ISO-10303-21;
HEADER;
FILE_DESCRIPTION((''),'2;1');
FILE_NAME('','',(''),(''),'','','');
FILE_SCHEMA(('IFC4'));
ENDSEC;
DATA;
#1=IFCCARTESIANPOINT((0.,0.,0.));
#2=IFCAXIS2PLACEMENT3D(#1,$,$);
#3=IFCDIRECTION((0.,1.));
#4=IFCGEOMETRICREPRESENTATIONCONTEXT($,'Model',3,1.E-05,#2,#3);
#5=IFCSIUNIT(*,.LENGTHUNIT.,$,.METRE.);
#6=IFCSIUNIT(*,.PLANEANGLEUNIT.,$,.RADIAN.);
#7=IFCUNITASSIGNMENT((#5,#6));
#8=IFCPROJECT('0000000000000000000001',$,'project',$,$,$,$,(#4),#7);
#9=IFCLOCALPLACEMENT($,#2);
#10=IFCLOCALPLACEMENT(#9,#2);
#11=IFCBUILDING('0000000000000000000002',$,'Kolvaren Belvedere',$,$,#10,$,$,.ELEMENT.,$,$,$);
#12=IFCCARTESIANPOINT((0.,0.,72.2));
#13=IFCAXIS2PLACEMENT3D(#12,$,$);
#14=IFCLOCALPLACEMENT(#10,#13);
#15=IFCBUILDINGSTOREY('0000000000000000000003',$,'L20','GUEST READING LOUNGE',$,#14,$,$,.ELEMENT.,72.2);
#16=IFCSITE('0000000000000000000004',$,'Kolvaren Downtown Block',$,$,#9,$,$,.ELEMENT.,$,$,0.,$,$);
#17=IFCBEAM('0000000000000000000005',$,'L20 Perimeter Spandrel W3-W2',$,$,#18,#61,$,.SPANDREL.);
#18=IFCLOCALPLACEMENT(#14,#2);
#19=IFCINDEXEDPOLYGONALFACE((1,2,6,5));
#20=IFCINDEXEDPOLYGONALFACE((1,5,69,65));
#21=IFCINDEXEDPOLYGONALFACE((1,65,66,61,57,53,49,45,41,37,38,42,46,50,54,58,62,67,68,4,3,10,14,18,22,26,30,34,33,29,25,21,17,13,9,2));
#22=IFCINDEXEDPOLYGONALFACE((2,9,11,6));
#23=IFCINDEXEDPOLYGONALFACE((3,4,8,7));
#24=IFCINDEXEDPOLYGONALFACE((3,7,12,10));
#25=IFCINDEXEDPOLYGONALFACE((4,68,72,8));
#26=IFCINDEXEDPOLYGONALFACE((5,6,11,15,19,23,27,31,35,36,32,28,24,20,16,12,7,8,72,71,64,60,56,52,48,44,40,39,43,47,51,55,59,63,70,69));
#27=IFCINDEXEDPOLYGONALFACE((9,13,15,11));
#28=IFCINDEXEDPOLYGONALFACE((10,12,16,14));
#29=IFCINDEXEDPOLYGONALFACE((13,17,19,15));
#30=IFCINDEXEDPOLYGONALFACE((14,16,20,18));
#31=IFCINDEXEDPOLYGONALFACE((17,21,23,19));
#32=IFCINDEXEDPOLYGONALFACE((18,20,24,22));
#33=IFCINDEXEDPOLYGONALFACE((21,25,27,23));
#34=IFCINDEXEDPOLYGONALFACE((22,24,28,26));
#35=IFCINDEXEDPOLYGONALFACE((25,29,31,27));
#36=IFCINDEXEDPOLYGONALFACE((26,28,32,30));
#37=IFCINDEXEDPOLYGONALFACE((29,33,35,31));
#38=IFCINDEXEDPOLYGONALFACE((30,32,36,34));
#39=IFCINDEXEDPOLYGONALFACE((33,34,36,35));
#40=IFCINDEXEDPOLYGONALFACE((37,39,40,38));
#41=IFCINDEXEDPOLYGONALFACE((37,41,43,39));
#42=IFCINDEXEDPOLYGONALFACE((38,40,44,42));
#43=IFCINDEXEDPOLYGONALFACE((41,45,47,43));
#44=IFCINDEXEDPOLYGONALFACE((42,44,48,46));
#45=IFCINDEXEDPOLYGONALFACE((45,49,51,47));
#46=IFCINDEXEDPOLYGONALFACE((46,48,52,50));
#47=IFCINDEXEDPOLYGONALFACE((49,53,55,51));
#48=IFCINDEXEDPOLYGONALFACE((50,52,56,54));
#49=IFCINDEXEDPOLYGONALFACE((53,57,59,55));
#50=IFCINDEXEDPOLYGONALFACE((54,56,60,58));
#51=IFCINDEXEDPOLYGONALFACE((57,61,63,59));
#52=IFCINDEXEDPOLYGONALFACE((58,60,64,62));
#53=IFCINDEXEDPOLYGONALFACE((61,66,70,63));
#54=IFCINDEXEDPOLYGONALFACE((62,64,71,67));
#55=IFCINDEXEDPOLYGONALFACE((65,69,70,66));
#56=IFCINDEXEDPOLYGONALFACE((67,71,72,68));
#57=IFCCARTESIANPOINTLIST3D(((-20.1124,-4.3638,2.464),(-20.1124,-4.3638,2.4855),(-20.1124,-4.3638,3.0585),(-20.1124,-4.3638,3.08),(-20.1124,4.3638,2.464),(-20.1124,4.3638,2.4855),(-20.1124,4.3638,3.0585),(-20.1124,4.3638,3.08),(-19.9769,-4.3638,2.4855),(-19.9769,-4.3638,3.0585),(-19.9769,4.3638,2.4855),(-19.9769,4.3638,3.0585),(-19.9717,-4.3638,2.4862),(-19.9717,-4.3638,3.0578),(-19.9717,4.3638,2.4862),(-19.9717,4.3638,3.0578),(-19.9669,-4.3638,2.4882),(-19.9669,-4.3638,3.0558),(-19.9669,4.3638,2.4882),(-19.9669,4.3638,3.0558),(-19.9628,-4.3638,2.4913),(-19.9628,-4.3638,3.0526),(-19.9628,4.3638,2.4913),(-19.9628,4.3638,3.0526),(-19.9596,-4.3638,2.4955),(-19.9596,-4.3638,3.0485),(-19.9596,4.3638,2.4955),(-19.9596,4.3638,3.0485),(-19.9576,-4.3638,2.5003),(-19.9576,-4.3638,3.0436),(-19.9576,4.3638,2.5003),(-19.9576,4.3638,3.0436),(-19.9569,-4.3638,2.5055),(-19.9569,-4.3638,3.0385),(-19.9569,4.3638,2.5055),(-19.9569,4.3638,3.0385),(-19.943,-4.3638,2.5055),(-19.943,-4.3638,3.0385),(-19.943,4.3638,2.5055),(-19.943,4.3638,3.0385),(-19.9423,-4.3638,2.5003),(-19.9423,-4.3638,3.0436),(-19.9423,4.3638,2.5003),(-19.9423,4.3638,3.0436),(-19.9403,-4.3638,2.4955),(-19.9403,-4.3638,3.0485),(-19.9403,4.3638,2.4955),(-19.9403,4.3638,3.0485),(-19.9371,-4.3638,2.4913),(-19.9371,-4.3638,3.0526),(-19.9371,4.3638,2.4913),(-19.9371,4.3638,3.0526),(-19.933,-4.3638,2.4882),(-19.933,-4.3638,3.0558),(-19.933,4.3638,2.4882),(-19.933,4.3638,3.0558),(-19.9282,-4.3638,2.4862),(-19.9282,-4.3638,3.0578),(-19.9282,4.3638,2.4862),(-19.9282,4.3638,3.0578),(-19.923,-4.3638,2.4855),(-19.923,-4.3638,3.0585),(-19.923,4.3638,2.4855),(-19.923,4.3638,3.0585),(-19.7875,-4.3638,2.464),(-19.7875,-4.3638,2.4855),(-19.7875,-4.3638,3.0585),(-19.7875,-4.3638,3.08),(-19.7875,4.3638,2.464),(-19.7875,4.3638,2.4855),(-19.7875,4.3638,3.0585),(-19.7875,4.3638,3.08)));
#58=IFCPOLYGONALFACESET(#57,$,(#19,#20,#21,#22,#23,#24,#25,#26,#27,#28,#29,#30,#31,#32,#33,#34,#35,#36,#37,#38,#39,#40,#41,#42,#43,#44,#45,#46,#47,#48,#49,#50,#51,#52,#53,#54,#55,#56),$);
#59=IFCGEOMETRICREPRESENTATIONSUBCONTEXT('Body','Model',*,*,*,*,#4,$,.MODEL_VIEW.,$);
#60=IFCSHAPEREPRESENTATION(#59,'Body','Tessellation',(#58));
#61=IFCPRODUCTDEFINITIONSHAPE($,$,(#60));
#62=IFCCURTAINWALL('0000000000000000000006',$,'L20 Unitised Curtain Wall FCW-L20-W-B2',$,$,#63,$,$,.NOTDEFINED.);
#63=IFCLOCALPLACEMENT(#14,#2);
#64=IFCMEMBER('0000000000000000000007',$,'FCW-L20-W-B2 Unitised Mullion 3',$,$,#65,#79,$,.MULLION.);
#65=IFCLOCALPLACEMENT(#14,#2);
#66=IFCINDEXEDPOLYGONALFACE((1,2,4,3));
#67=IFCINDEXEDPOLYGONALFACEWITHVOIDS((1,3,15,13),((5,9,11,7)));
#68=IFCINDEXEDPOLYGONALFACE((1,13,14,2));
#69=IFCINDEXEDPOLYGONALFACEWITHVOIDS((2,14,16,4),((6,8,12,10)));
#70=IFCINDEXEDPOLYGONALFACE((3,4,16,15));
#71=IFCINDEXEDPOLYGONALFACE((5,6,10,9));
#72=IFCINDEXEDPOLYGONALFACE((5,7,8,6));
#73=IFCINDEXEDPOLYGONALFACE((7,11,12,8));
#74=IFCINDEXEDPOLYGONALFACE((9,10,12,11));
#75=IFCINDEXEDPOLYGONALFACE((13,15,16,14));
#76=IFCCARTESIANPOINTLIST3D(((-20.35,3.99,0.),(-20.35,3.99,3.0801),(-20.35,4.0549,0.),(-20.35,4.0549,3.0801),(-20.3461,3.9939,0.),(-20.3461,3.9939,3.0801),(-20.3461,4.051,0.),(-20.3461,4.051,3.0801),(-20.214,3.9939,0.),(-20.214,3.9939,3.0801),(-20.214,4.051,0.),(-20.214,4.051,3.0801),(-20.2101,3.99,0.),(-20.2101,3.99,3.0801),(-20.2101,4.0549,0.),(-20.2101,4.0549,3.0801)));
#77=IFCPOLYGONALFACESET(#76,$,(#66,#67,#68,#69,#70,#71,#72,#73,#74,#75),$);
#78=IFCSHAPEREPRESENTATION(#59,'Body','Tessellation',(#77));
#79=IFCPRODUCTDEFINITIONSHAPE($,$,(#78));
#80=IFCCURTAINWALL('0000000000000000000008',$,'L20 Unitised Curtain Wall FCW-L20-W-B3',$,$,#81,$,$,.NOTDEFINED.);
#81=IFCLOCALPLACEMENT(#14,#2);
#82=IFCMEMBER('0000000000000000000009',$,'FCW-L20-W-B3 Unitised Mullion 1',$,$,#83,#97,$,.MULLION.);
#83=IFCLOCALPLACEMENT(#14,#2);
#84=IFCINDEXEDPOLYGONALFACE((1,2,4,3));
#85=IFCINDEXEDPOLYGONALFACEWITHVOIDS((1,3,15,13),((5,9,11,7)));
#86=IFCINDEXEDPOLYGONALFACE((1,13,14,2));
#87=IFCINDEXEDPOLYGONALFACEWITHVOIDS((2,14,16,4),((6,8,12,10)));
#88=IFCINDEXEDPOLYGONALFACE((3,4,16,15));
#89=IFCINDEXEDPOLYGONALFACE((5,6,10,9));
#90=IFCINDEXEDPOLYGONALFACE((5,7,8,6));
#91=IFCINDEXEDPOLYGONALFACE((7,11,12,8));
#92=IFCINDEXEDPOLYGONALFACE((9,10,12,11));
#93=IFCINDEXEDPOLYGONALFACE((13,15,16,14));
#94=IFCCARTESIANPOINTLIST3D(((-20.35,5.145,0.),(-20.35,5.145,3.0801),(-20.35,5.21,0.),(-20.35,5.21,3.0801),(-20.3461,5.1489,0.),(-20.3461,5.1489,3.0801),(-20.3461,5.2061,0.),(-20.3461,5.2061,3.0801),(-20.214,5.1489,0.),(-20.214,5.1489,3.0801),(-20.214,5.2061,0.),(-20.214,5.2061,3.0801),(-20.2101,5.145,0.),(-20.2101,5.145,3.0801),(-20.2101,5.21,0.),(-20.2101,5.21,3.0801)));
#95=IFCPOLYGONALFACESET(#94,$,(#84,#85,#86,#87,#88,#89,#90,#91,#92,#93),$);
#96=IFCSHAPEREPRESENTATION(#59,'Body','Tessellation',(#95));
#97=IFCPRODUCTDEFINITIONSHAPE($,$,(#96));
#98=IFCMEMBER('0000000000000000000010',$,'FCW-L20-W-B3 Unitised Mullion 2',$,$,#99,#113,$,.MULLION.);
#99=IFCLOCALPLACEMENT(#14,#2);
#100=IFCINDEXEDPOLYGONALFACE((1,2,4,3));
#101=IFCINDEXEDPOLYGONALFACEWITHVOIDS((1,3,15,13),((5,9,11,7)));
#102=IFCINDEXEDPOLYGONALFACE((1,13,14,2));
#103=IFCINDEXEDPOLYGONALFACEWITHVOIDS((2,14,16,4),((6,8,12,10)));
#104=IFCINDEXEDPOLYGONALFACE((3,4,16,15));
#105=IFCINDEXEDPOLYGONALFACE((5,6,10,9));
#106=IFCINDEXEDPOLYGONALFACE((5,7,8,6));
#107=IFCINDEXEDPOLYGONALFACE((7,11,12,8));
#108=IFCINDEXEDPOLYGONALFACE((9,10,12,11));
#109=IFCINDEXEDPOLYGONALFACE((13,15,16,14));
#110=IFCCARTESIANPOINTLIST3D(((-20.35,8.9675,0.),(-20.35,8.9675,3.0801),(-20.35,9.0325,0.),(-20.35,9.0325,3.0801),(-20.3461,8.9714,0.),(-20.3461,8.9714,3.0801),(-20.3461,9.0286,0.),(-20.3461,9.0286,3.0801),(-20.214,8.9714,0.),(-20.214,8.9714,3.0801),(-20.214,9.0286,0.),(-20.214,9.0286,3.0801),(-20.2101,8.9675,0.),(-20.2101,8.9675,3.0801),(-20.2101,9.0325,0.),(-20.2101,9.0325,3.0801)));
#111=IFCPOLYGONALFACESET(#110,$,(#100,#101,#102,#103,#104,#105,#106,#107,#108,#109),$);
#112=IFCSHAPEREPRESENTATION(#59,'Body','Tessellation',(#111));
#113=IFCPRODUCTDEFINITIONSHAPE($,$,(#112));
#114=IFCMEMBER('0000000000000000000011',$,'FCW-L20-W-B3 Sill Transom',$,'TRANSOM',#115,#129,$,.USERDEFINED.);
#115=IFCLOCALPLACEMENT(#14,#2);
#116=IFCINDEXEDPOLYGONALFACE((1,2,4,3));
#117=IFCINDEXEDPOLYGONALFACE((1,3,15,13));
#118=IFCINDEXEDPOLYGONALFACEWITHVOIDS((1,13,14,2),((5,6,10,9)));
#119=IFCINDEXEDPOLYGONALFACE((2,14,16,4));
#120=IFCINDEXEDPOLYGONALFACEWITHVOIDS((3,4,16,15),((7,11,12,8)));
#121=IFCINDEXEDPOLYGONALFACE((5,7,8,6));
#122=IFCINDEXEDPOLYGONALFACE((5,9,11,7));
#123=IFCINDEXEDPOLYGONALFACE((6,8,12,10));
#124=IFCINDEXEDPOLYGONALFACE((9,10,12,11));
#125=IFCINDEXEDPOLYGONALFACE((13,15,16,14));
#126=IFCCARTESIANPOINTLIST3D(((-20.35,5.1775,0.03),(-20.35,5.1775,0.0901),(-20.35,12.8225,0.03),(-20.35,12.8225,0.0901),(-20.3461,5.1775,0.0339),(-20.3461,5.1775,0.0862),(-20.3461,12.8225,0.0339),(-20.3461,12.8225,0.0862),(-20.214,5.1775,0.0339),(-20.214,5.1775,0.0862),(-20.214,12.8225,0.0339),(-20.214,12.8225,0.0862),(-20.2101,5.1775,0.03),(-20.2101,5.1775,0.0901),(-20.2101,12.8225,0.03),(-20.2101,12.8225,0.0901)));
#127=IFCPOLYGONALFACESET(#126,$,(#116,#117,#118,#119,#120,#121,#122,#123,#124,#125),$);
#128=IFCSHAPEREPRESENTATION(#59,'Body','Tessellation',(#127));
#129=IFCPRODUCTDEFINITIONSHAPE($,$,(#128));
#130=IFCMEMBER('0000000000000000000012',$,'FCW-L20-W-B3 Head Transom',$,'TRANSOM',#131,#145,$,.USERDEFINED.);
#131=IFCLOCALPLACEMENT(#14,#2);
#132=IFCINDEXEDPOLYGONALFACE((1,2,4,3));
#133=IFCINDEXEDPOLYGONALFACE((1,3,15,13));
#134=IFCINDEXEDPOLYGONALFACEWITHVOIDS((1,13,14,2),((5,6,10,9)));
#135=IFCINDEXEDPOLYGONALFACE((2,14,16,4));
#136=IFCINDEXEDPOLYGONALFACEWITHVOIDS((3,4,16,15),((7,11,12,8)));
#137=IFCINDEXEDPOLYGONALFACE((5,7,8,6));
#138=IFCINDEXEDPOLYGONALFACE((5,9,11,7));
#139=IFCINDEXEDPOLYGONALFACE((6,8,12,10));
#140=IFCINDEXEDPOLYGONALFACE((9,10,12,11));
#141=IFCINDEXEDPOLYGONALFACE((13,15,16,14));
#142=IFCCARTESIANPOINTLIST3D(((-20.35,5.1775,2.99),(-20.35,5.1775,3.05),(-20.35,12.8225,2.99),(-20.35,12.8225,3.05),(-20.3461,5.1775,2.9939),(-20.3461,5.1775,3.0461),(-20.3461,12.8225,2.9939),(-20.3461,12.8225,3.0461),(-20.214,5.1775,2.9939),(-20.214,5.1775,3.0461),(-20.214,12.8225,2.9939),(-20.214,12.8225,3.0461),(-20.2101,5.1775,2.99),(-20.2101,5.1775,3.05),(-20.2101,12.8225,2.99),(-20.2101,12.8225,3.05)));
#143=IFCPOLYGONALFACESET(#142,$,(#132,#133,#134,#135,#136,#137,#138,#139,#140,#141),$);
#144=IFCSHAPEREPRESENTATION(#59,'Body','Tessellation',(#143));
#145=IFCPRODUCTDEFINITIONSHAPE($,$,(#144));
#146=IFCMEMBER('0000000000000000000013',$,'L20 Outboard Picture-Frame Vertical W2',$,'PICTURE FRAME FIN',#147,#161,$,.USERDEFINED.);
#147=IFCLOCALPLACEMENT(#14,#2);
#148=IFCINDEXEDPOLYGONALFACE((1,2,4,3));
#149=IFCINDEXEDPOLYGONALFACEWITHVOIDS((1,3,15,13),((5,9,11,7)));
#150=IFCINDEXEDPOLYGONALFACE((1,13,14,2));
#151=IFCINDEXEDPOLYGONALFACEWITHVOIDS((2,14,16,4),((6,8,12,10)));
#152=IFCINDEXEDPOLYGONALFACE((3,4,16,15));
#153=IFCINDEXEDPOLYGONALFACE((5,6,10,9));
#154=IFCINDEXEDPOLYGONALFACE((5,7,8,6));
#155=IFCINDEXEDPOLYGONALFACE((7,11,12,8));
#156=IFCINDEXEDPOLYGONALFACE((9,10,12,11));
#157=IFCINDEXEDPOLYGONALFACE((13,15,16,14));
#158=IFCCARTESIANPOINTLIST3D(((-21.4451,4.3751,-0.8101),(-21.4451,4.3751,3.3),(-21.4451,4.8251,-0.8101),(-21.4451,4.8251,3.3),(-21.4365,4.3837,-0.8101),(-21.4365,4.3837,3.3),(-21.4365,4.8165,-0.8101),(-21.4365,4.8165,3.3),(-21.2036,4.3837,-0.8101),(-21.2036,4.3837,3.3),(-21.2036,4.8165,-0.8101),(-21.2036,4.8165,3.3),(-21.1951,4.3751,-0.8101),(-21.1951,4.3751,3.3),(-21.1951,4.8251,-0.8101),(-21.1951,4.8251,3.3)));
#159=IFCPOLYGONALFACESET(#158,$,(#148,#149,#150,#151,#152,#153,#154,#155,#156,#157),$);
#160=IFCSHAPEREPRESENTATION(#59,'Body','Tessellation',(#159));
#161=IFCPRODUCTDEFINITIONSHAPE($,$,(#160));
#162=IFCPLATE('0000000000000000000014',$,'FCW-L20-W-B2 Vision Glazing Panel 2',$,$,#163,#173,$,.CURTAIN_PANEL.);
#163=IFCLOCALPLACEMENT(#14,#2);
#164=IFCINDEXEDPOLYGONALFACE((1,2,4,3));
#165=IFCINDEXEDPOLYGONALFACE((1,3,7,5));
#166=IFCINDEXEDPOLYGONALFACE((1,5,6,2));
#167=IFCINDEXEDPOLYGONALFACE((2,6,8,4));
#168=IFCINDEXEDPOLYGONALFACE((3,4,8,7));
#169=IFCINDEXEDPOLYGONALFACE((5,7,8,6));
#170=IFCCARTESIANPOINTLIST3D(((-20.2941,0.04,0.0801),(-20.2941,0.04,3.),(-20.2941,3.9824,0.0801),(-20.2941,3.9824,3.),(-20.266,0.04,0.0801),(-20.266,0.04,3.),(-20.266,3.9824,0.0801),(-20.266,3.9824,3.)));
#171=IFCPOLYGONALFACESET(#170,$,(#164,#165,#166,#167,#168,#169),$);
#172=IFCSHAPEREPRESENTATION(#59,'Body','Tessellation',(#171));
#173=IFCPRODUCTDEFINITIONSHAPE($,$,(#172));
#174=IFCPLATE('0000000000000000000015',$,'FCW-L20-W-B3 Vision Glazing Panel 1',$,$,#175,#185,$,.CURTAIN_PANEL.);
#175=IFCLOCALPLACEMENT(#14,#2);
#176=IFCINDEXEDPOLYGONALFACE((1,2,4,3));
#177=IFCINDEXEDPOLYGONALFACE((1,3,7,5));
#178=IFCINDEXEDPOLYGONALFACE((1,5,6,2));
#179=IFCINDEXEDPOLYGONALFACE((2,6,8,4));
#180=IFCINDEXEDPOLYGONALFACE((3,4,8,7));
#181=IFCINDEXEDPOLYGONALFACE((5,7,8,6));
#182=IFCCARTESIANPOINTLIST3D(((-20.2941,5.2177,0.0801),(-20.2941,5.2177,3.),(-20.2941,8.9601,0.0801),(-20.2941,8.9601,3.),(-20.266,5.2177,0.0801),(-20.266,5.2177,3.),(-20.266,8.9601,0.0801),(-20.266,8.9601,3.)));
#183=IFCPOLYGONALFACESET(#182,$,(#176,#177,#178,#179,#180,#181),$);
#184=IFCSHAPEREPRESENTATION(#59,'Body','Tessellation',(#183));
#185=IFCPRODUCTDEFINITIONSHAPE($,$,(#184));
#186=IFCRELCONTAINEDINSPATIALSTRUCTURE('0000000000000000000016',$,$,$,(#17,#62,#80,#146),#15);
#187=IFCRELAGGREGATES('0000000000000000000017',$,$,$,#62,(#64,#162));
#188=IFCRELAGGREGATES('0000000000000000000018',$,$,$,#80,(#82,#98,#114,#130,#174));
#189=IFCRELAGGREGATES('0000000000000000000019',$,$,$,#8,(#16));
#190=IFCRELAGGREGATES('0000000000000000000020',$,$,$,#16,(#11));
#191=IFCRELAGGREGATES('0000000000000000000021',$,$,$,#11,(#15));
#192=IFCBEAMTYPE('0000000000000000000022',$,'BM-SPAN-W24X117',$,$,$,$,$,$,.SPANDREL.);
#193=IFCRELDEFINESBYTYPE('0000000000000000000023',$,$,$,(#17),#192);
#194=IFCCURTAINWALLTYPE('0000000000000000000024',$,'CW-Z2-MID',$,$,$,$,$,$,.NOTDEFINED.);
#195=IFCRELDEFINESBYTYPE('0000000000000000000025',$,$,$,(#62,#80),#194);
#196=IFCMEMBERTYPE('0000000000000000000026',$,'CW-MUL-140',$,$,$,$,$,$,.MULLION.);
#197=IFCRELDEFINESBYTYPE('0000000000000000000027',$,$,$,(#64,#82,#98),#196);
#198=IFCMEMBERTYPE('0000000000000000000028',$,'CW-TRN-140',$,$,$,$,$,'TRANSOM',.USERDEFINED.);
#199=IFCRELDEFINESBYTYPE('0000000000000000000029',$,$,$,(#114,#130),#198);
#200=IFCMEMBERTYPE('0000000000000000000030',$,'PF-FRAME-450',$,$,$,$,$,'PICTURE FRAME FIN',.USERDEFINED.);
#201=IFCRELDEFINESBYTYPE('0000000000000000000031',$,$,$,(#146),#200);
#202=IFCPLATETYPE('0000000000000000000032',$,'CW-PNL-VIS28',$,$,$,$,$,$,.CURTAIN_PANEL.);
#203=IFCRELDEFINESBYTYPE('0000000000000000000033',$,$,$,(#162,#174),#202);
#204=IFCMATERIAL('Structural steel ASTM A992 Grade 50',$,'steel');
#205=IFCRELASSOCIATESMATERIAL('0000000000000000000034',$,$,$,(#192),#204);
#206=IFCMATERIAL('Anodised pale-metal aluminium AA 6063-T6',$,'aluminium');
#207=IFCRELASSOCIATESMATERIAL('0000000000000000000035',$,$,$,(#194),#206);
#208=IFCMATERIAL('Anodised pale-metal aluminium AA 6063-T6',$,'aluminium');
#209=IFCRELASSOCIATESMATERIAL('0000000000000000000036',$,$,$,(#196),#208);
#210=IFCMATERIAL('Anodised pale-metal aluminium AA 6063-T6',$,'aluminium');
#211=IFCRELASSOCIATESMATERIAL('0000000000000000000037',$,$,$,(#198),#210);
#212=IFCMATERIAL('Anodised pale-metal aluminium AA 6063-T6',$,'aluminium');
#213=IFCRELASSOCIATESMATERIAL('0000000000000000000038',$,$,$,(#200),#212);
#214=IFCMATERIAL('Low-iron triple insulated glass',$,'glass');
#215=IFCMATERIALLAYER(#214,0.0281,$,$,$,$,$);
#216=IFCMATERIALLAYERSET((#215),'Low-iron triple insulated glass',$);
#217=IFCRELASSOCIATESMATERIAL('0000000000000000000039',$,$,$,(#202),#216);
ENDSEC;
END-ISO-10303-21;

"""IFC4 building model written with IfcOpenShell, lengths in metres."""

from ifc_helpers import new_model, si_unit, direction, frame, origin, origin_2d, place, context, subcontext, project, spatial, rectangle, hollow_rectangle, i_section, extrude, material, layer, layer_set, material_profile, profile_set, type_object, element, aggregate, save


model = new_model("IFC4")

# Units and contexts
model_context = context("Model", 3, precision=1e-05, world=origin(), true_north=direction((0.0, 1.0)))
body_context = subcontext(model_context, "Body", "Model", "MODEL_VIEW")
ifc_project = project(units=[si_unit("LENGTHUNIT", "METRE"), si_unit("PLANEANGLEUNIT", "RADIAN")], contexts=[model_context])

# Site, building, storey
site_placement = place(None, origin())
site = spatial("IfcSite", under=ifc_project, at=site_placement, Name="Kolvaren Downtown Block", CompositionType="ELEMENT", RefElevation=0.0)
building_placement = place(site_placement, origin())
building = spatial("IfcBuilding", under=site, at=building_placement, Name="Kolvaren Belvedere", CompositionType="ELEMENT")
storey_placement = place(building_placement, frame((0.0, 0.0, 72.2)))
storey = spatial("IfcBuildingStorey", under=building, at=storey_placement, Name="L20", Description="GUEST READING LOUNGE", CompositionType="ELEMENT", Elevation=72.2)

# Beam
ifc_material_1 = material(Name="Structural steel ASTM A992 Grade 50", Category="steel")
ifc_material_profile_1 = material_profile(ifc_material_1, i_section(OverallWidth=0.325, OverallDepth=0.616, WebThickness=0.0139, FlangeThickness=0.0215, FilletRadius=0.02, at=origin_2d()), Name="W24X117")
ifc_profile_set_1 = profile_set([ifc_material_profile_1], Name="Structural steel ASTM A992 Grade 50")
beam_type_1 = type_object("IfcBeamType", Name="BM-SPAN-W24X117", PredefinedType="SPANDREL", material=ifc_profile_set_1)
beam_1_placement = place(storey_placement, frame((-19.95, 4.3638, 2.772), z_axis=(0.0, -1.0, 0.0), x_axis=(1.0, 0.0, 0.0)))
element("IfcBeam", 1, at=beam_1_placement, inside=storey, type_object=beam_type_1, Name="L20 Perimeter Spandrel W3-W2", PredefinedType="SPANDREL", context=body_context, shape_type="SweptSolid", body=[
    extrude(i_section(OverallWidth=0.325, OverallDepth=0.616, WebThickness=0.0139, FlangeThickness=0.0215, FilletRadius=0.02, at=origin_2d()), origin(), (0.0, 0.0, 1.0), 8.7275),
])

# Curtain wall, member
ifc_material_2 = material(Name="Anodised pale-metal aluminium AA 6063-T6", Category="aluminium")
curtain_wall_type = type_object("IfcCurtainWallType", Name="CW-Z2-MID", PredefinedType="NOTDEFINED", material=ifc_material_2)
curtain_wall_1_placement = place(storey_placement, origin())
curtain_wall_1 = element("IfcCurtainWall", 2, at=curtain_wall_1_placement, inside=storey, type_object=curtain_wall_type, Name="L20 Unitised Curtain Wall FCW-L20-W-B2", PredefinedType="NOTDEFINED")
ifc_material_3 = material(Name="Anodised pale-metal aluminium AA 6063-T6", Category="aluminium")
ifc_material_profile_2 = material_profile(ifc_material_3, hollow_rectangle(XDim=0.0649, YDim=0.1399, WallThickness=0.0039, at=origin_2d()), Name="ALU-MUL-140X65")
ifc_profile_set_2 = profile_set([ifc_material_profile_2], Name="Anodised pale-metal aluminium AA 6063-T6")
member_type_1 = type_object("IfcMemberType", Name="CW-MUL-140", PredefinedType="MULLION", material=ifc_profile_set_2)
member_1_placement = place(storey_placement, frame((-20.28, 4.0225, 0.0), z_axis=(0.0, 0.0, 1.0), x_axis=(0.0, 1.0, 0.0)))
member_1 = element("IfcMember", 3, at=member_1_placement, type_object=member_type_1, Name="FCW-L20-W-B2 Unitised Mullion 3", PredefinedType="MULLION", context=body_context, shape_type="SweptSolid", body=[
    extrude(hollow_rectangle(XDim=0.0649, YDim=0.1399, WallThickness=0.0039, at=origin_2d()), origin(), (0.0, 0.0, 1.0), 3.0801),
])

# Curtain wall, members
curtain_wall_2_placement = place(storey_placement, origin())
curtain_wall_2 = element("IfcCurtainWall", 4, at=curtain_wall_2_placement, inside=storey, type_object=curtain_wall_type, Name="L20 Unitised Curtain Wall FCW-L20-W-B3", PredefinedType="NOTDEFINED")
member_2_placement = place(storey_placement, frame((-20.28, 5.1775, 0.0), z_axis=(0.0, 0.0, 1.0), x_axis=(0.0, 1.0, 0.0)))
member_2 = element("IfcMember", 5, at=member_2_placement, type_object=member_type_1, Name="FCW-L20-W-B3 Unitised Mullion 1", PredefinedType="MULLION", context=body_context, shape_type="SweptSolid", body=[
    extrude(hollow_rectangle(XDim=0.0649, YDim=0.1399, WallThickness=0.0039, at=origin_2d()), origin(), (0.0, 0.0, 1.0), 3.0801),
])
member_3_placement = place(storey_placement, frame((-20.28, 9.0, 0.0), z_axis=(0.0, 0.0, 1.0), x_axis=(0.0, 1.0, 0.0)))
member_3 = element("IfcMember", 6, at=member_3_placement, type_object=member_type_1, Name="FCW-L20-W-B3 Unitised Mullion 2", PredefinedType="MULLION", context=body_context, shape_type="SweptSolid", body=[
    extrude(hollow_rectangle(XDim=0.0649, YDim=0.1399, WallThickness=0.0039, at=origin_2d()), origin(), (0.0, 0.0, 1.0), 3.0801),
])
ifc_material_4 = material(Name="Anodised pale-metal aluminium AA 6063-T6", Category="aluminium")
ifc_material_profile_3 = material_profile(ifc_material_4, hollow_rectangle(XDim=0.0601, YDim=0.1399, WallThickness=0.0039, at=origin_2d()), Name="ALU-TRN-140X60")
ifc_profile_set_3 = profile_set([ifc_material_profile_3], Name="Anodised pale-metal aluminium AA 6063-T6")
member_type_2 = type_object("IfcMemberType", Name="CW-TRN-140", ElementType="TRANSOM", PredefinedType="USERDEFINED", material=ifc_profile_set_3)
member_4_placement = place(storey_placement, frame((-20.28, 5.1775, 0.0601), z_axis=(0.0, 1.0, 0.0), x_axis=(0.0, 0.0, 1.0)))
member_4 = element("IfcMember", 7, at=member_4_placement, type_object=member_type_2, Name="FCW-L20-W-B3 Sill Transom", ObjectType="TRANSOM", PredefinedType="USERDEFINED", context=body_context, shape_type="SweptSolid", body=[
    extrude(hollow_rectangle(XDim=0.0601, YDim=0.1399, WallThickness=0.0039, at=origin_2d()), origin(), (0.0, 0.0, 1.0), 7.645),
])
member_5_placement = place(storey_placement, frame((-20.28, 5.1775, 3.02), z_axis=(0.0, 1.0, 0.0), x_axis=(0.0, 0.0, 1.0)))
member_5 = element("IfcMember", 8, at=member_5_placement, type_object=member_type_2, Name="FCW-L20-W-B3 Head Transom", ObjectType="TRANSOM", PredefinedType="USERDEFINED", context=body_context, shape_type="SweptSolid", body=[
    extrude(hollow_rectangle(XDim=0.0601, YDim=0.1399, WallThickness=0.0039, at=origin_2d()), origin(), (0.0, 0.0, 1.0), 7.645),
])

# Member
ifc_material_5 = material(Name="Anodised pale-metal aluminium AA 6063-T6", Category="aluminium")
ifc_material_profile_4 = material_profile(ifc_material_5, hollow_rectangle(XDim=0.25, YDim=0.45, WallThickness=0.0085, at=origin_2d()), Name="ALU-PF-450X250")
ifc_profile_set_4 = profile_set([ifc_material_profile_4], Name="Anodised pale-metal aluminium AA 6063-T6")
member_type_3 = type_object("IfcMemberType", Name="PF-FRAME-450", ElementType="PICTURE FRAME FIN", PredefinedType="USERDEFINED", material=ifc_profile_set_4)
member_6_placement = place(storey_placement, frame((-21.3201, 4.6001, -0.8101), z_axis=(0.0, 0.0, 1.0), x_axis=(1.0, 0.0, 0.0)))
element("IfcMember", 9, at=member_6_placement, inside=storey, type_object=member_type_3, Name="L20 Outboard Picture-Frame Vertical W2", ObjectType="PICTURE FRAME FIN", PredefinedType="USERDEFINED", context=body_context, shape_type="SweptSolid", body=[
    extrude(hollow_rectangle(XDim=0.25, YDim=0.45, WallThickness=0.0085, at=origin_2d()), origin(), (0.0, 0.0, 1.0), 4.1101),
])

# Plates
ifc_material_6 = material(Name="Low-iron triple insulated glass", Category="glass")
ifc_layer_1 = layer(ifc_material_6, 0.0281)
ifc_layer_set_1 = layer_set([ifc_layer_1], Name="Low-iron triple insulated glass")
plate_type_1 = type_object("IfcPlateType", Name="CW-PNL-VIS28", PredefinedType="CURTAIN_PANEL", material=ifc_layer_set_1)
plate_1_placement = place(storey_placement, frame((-20.28, 2.0112, 0.0801), z_axis=(0.0, 0.0, 1.0), x_axis=(0.0, 1.0, 0.0)))
plate_1 = element("IfcPlate", 10, at=plate_1_placement, type_object=plate_type_1, Name="FCW-L20-W-B2 Vision Glazing Panel 2", PredefinedType="CURTAIN_PANEL", context=body_context, shape_type="SweptSolid", body=[
    extrude(rectangle(XDim=3.9424, YDim=0.0281, at=origin_2d()), origin(), (0.0, 0.0, 1.0), 2.9199),
])
aggregate(curtain_wall_1, [member_1, plate_1])
plate_2_placement = place(storey_placement, frame((-20.28, 7.0889, 0.0801), z_axis=(0.0, 0.0, 1.0), x_axis=(0.0, 1.0, 0.0)))
plate_2 = element("IfcPlate", 11, at=plate_2_placement, type_object=plate_type_1, Name="FCW-L20-W-B3 Vision Glazing Panel 1", PredefinedType="CURTAIN_PANEL", context=body_context, shape_type="SweptSolid", body=[
    extrude(rectangle(XDim=3.7424, YDim=0.0281, at=origin_2d()), origin(), (0.0, 0.0, 1.0), 2.9199),
])
aggregate(curtain_wall_2, [member_2, member_3, member_4, member_5, plate_2])

save(model, "model.ifc")
